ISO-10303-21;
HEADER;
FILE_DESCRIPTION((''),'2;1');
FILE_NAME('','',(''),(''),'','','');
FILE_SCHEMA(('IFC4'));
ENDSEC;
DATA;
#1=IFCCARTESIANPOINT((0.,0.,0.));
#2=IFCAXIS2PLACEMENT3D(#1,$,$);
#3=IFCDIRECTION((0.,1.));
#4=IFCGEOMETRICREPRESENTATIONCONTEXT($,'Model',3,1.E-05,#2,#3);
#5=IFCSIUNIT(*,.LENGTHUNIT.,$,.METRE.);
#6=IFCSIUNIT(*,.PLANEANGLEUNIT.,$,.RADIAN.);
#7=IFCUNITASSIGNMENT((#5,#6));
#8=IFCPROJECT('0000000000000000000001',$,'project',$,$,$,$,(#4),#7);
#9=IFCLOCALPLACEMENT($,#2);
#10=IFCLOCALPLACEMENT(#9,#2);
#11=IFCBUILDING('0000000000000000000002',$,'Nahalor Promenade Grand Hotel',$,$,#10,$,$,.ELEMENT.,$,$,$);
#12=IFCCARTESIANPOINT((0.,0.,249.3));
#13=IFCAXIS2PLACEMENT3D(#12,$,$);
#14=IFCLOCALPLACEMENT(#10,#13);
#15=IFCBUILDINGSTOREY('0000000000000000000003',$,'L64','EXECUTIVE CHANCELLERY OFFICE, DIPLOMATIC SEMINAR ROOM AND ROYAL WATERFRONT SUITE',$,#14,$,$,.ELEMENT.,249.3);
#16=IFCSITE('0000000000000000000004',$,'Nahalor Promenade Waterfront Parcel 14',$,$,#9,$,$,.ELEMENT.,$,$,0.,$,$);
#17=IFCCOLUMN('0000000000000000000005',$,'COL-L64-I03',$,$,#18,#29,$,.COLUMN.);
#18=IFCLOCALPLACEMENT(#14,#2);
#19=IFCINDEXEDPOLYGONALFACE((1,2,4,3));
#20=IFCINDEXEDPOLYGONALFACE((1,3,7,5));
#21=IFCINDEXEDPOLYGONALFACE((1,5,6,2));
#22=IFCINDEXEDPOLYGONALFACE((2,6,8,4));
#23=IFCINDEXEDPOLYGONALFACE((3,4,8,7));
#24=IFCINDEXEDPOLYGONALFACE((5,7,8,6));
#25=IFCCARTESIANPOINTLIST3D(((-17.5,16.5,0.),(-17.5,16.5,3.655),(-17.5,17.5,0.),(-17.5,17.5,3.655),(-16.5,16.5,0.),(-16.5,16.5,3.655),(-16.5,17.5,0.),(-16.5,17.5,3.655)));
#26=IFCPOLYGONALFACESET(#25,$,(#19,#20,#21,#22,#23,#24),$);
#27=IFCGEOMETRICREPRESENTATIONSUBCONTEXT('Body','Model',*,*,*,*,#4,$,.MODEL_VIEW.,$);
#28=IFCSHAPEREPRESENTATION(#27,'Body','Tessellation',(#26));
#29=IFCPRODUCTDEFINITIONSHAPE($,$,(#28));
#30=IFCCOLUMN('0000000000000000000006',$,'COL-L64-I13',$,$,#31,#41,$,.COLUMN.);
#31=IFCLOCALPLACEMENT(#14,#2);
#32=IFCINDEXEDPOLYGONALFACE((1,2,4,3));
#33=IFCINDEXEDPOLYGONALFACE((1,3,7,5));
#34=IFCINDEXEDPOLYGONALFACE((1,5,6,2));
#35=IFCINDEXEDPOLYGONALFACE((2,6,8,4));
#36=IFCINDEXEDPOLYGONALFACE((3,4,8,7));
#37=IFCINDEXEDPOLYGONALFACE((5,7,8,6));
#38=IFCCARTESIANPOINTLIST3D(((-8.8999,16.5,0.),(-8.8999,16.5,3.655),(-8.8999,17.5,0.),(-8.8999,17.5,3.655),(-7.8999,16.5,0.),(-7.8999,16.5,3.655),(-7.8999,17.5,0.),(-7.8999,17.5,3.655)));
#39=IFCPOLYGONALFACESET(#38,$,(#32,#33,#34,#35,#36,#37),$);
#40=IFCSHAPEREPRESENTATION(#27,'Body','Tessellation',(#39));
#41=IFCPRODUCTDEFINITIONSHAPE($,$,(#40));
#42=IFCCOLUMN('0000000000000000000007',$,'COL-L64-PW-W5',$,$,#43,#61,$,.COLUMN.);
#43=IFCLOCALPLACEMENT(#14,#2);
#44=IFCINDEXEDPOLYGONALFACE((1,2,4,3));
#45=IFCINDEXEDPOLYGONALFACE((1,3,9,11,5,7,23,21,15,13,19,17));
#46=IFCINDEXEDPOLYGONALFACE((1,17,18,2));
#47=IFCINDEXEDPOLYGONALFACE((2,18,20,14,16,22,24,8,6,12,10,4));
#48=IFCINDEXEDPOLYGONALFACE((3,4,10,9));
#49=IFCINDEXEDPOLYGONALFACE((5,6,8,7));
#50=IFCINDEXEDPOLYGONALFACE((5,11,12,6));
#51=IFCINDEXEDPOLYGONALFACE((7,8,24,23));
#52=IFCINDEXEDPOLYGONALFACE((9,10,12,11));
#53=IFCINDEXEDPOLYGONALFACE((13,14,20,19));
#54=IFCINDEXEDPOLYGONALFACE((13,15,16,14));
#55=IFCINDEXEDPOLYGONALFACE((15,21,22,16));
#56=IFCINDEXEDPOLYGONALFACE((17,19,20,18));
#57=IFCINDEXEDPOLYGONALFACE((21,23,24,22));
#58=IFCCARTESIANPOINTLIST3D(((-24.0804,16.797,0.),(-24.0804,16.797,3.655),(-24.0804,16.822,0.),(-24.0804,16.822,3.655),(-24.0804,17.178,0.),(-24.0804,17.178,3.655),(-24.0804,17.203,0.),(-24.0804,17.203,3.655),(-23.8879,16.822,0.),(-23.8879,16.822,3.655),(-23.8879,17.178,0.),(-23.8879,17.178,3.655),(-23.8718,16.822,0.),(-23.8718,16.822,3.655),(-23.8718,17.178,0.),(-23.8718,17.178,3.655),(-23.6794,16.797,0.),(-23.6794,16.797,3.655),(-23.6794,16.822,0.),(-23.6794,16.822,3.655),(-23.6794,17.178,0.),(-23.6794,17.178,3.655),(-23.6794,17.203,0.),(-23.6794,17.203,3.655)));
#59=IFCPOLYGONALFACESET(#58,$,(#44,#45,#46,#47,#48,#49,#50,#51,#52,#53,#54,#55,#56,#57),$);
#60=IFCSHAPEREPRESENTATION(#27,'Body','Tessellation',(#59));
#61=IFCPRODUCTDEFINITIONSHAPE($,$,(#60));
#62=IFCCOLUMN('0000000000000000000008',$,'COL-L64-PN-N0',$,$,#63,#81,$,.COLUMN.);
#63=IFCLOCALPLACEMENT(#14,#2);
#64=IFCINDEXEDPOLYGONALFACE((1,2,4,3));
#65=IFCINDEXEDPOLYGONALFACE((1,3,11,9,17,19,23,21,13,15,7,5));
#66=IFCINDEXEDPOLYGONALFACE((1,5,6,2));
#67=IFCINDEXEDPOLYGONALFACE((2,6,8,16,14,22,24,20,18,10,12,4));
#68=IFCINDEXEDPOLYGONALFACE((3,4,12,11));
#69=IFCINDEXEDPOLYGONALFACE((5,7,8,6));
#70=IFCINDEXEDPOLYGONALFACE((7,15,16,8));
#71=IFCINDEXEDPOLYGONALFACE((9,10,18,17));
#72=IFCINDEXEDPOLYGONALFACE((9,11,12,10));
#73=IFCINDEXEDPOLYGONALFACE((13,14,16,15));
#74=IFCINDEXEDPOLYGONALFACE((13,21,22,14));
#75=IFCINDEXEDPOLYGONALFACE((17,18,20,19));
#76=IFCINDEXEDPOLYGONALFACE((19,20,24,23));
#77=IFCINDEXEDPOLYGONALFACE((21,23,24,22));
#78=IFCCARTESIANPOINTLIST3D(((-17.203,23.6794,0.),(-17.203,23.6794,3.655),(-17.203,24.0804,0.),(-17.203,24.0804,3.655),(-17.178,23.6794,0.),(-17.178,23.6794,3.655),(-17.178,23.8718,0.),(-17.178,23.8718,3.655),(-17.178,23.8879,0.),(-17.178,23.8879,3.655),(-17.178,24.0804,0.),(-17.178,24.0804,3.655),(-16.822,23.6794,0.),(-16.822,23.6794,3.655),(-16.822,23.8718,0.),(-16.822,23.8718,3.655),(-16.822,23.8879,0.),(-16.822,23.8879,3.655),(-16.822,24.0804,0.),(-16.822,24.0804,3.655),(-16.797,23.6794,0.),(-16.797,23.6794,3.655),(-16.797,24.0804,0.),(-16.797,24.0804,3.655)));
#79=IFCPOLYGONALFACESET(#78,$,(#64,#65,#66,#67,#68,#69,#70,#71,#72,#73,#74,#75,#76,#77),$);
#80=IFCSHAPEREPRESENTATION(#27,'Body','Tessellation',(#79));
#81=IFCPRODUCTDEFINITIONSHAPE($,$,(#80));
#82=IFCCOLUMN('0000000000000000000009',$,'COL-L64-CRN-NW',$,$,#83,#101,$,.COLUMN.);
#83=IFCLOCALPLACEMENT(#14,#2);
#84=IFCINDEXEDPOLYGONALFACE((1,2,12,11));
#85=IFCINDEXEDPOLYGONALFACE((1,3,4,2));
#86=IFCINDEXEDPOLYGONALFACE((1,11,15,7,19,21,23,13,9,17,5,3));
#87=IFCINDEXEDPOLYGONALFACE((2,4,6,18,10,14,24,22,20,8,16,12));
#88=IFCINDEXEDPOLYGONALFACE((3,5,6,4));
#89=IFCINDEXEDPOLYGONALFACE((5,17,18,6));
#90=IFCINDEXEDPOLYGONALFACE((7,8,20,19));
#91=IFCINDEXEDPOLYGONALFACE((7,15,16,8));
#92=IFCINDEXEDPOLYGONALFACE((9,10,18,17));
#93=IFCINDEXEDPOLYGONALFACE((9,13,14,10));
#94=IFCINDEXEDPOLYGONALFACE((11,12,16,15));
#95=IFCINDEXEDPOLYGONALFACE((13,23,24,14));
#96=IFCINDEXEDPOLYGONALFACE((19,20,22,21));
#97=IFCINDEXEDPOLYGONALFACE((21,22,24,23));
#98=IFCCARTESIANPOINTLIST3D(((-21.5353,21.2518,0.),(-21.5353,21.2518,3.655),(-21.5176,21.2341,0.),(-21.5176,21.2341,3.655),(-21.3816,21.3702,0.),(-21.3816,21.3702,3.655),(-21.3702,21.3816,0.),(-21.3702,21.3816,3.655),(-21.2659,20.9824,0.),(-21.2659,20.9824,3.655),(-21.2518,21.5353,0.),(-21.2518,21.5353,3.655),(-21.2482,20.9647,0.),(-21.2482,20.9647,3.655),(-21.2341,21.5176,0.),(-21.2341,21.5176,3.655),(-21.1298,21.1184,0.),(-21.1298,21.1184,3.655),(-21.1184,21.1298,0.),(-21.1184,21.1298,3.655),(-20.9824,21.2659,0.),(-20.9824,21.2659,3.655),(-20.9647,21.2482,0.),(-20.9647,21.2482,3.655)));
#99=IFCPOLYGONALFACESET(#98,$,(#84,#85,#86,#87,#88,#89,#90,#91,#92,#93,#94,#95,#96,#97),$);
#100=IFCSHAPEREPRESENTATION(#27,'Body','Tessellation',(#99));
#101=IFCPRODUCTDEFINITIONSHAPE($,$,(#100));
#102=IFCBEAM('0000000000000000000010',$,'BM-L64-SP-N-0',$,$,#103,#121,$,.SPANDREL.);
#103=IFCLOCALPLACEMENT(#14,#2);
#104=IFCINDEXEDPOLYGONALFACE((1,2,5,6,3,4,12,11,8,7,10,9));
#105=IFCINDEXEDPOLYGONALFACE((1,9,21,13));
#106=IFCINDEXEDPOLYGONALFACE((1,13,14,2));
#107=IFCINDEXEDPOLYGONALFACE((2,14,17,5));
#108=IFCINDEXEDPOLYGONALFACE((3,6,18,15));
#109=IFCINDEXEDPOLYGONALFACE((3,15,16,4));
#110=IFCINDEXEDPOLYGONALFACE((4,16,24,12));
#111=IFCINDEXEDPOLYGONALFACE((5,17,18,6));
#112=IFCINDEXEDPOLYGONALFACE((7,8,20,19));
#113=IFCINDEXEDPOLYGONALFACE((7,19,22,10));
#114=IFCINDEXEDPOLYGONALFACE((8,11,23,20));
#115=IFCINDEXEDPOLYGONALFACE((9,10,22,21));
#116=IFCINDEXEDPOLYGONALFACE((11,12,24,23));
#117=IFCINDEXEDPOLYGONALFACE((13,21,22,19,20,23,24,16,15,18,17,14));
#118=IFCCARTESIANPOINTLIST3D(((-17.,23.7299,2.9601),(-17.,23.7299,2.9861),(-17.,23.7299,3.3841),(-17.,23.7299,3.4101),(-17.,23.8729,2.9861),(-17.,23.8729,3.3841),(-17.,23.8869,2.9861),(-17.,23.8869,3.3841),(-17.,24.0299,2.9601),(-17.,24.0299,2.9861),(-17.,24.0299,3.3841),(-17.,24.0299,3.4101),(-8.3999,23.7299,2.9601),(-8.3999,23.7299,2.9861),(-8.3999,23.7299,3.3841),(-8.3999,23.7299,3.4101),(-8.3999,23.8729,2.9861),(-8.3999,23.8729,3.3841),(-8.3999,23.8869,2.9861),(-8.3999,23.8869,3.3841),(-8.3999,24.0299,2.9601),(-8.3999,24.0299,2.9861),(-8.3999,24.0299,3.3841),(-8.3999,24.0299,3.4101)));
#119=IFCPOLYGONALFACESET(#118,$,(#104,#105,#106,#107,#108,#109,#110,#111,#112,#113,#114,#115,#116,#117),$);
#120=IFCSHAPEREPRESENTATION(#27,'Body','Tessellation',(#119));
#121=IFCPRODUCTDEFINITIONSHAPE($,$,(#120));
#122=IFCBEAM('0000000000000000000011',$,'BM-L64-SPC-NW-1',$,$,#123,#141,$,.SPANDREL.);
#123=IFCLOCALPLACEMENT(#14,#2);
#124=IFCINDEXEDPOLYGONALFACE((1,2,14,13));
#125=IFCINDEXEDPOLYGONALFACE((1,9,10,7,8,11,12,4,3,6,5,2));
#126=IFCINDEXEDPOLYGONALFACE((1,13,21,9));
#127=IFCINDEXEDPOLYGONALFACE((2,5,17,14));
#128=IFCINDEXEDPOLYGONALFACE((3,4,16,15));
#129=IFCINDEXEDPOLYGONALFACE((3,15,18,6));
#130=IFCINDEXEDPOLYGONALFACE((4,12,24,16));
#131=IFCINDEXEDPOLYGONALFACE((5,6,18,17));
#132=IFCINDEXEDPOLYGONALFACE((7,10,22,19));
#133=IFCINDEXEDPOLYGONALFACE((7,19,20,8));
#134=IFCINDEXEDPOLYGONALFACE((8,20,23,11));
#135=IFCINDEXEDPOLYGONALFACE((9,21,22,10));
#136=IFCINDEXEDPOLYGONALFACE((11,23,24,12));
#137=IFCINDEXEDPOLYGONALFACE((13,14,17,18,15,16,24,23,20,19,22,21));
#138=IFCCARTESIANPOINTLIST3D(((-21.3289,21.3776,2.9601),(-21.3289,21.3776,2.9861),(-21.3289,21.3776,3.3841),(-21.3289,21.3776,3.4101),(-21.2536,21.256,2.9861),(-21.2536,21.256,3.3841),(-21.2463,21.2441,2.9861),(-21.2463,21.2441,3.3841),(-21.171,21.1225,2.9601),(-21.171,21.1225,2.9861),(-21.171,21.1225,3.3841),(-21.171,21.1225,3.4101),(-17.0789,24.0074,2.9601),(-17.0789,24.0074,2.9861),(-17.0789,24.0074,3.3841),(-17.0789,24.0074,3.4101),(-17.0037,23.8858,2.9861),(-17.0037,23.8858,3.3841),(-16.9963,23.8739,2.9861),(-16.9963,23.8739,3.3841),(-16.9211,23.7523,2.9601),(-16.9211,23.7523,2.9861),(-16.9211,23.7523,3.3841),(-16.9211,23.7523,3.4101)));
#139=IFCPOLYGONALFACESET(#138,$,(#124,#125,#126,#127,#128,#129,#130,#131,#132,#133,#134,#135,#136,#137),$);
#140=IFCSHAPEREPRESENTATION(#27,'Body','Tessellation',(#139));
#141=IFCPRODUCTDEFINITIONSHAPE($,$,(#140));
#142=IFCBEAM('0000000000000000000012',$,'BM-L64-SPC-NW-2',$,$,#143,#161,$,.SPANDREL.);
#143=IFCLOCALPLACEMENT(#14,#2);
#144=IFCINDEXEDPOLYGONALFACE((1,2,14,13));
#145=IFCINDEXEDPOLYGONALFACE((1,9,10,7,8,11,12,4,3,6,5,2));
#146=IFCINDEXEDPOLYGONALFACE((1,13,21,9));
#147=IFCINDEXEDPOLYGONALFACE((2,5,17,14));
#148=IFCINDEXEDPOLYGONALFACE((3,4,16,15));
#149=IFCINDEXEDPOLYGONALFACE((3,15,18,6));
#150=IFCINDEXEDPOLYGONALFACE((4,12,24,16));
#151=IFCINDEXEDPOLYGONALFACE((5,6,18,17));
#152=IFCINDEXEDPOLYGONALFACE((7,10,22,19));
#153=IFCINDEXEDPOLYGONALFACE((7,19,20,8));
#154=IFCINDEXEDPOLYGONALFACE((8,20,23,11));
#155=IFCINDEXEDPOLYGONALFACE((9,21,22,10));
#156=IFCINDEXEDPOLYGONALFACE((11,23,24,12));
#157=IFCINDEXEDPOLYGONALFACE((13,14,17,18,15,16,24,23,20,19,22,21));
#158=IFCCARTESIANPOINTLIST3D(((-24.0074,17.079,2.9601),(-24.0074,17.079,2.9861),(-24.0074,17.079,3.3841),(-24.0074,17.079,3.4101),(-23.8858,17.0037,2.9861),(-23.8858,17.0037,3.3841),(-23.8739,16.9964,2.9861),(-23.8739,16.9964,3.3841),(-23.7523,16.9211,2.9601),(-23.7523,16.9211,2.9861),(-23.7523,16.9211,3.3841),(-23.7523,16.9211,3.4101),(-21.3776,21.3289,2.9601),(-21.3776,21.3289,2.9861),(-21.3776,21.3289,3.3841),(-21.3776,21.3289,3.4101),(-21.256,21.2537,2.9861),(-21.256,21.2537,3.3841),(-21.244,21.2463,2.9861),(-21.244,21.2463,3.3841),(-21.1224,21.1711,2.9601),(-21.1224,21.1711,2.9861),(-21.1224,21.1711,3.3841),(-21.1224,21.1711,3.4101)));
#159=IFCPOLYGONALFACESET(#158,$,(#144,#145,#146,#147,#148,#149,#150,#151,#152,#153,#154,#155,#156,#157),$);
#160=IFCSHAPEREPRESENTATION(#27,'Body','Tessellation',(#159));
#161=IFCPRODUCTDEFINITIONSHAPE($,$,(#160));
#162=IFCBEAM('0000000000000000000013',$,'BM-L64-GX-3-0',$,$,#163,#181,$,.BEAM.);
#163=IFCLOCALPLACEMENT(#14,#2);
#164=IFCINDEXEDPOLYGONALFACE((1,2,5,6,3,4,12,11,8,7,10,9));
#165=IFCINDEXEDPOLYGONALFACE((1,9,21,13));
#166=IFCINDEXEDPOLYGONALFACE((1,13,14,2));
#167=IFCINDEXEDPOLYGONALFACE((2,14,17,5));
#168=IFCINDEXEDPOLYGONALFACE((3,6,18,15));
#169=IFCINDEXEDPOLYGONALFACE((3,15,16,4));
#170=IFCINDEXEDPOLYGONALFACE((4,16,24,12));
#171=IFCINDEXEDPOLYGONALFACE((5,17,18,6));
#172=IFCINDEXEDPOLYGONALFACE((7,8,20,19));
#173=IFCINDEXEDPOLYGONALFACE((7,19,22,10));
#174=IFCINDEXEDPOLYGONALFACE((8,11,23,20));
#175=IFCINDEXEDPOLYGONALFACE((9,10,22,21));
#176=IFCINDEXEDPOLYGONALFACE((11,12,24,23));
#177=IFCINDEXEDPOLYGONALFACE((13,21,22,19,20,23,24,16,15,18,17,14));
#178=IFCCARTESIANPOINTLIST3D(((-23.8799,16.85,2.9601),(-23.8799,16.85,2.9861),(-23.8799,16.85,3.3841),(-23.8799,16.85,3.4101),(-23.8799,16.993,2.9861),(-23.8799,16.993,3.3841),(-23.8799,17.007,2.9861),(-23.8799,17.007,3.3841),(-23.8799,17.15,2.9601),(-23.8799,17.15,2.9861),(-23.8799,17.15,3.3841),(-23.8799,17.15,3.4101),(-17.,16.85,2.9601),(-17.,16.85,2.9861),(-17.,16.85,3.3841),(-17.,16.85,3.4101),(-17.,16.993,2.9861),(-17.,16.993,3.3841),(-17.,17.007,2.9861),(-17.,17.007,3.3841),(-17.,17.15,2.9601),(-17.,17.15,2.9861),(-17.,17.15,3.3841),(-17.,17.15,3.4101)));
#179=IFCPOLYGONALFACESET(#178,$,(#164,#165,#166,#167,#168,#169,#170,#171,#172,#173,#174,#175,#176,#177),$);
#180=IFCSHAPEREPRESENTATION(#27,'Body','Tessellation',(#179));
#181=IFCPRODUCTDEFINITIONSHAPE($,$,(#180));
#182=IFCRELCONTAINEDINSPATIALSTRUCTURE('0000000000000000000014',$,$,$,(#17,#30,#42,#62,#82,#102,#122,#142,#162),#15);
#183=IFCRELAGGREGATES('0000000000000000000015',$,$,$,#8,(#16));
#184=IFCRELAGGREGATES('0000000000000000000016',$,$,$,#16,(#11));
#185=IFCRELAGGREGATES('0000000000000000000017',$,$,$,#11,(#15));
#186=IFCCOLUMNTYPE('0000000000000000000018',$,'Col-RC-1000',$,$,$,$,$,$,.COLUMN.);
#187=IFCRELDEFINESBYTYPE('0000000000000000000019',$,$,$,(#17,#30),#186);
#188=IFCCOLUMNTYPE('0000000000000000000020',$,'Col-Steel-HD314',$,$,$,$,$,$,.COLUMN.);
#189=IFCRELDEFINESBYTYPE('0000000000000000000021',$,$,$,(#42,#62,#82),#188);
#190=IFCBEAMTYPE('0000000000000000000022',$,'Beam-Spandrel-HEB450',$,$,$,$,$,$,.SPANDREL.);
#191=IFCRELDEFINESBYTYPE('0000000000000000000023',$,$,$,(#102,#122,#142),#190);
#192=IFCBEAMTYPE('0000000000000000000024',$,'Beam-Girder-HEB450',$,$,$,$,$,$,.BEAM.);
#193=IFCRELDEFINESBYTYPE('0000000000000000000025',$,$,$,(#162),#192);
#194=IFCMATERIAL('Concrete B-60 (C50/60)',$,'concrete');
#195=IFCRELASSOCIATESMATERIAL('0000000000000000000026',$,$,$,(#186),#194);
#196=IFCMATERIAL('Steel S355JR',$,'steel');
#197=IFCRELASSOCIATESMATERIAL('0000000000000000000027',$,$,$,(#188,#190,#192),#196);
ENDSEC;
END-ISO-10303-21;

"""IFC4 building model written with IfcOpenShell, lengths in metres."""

from ifc_helpers import new_model, si_unit, direction, frame, origin, origin_2d, place, context, subcontext, project, spatial, rectangle, i_section, extrude, source, transform, mapped, material, material_profile, profile_set, type_object, element, save


model = new_model("IFC4")

# Units and contexts
model_context = context("Model", 3, precision=1e-05, world=origin(), true_north=direction((0.0, 1.0)))
body_context = subcontext(model_context, "Body", "Model", "MODEL_VIEW")
ifc_project = project(units=[si_unit("LENGTHUNIT", "METRE"), si_unit("PLANEANGLEUNIT", "RADIAN")], contexts=[model_context])

# Site, building, storey
site_placement = place(None, origin())
site = spatial("IfcSite", under=ifc_project, at=site_placement, Name="Nahalor Promenade Waterfront Parcel 14", CompositionType="ELEMENT", RefElevation=0.0)
building_placement = place(site_placement, origin())
building = spatial("IfcBuilding", under=site, at=building_placement, Name="Nahalor Promenade Grand Hotel", CompositionType="ELEMENT")
storey_placement = place(building_placement, frame((0.0, 0.0, 249.3)))
storey = spatial("IfcBuildingStorey", under=building, at=storey_placement, Name="L64", Description="EXECUTIVE CHANCELLERY OFFICE, DIPLOMATIC SEMINAR ROOM AND ROYAL WATERFRONT SUITE", CompositionType="ELEMENT", Elevation=249.3)

# Columns
ifc_material_1 = material(Name="Concrete B-60 (C50/60)", Category="concrete")
ifc_material_profile_1 = material_profile(ifc_material_1, rectangle(XDim=1.0, YDim=1.0, at=origin_2d()), Name="RC 1000x1000")
ifc_profile_set_1 = profile_set([ifc_material_profile_1], Name="Concrete B-60 (C50/60)")
column_type_1 = type_object("IfcColumnType", Name="Col-RC-1000", PredefinedType="COLUMN", material=ifc_profile_set_1)
shared_shape_1 = source(origin(), body_context, "Body", "SweptSolid", [
    extrude(rectangle(XDim=1.0, YDim=1.0, at=origin_2d()), origin(), (0.0, 0.0, 1.0), 3.655),
])
for number, where, z_axis, x_axis, name in (
    (1, (-17.0, 17.0, 0.0), (0.0, 0.0, 1.0), (1.0, 0.0, 0.0), "COL-L64-I03"),
    (2, (-8.3999, 17.0, 0.0), (0.0, 0.0, 1.0), (1.0, 0.0, 0.0), "COL-L64-I13"),
):
    element("IfcColumn", number, at=place(storey_placement, frame(where, z_axis=z_axis, x_axis=x_axis)), inside=storey, type_object=column_type_1, Name=name, PredefinedType="COLUMN", context=body_context, shape_type="MappedRepresentation", body=[
        mapped(shared_shape_1, transform((0.0, 0.0, 0.0), scale=1.0)),
    ])
ifc_material_2 = material(Name="Steel S355JR", Category="steel")
ifc_material_profile_2 = material_profile(ifc_material_2, i_section(OverallWidth=0.401, OverallDepth=0.406, WebThickness=0.0161, FlangeThickness=0.025, at=origin_2d()), Name="HD 400x314")
ifc_profile_set_2 = profile_set([ifc_material_profile_2], Name="Steel S355JR")
column_type_2 = type_object("IfcColumnType", Name="Col-Steel-HD314", PredefinedType="COLUMN", material=ifc_profile_set_2)
shared_shape_2 = source(origin(), body_context, "Body", "SweptSolid", [
    extrude(i_section(OverallWidth=0.401, OverallDepth=0.406, WebThickness=0.0161, FlangeThickness=0.025, at=origin_2d()), origin(), (0.0, 0.0, 1.0), 3.655),
])
for number, where, z_axis, x_axis, name in (
    (3, (-23.8799, 17.0, 0.0), (0.0, 0.0, 1.0), (1.0, 0.0, 0.0), "COL-L64-PW-W5"),
    (4, (-17.0, 23.8799, 0.0), (0.0, 0.0, 1.0), (0.0, 1.0, 0.0), "COL-L64-PN-N0"),
    (5, (-21.25, 21.25, 0.0), (0.0, 0.0, 1.0), (0.707107, 0.707107, 0.0), "COL-L64-CRN-NW"),
):
    element("IfcColumn", number, at=place(storey_placement, frame(where, z_axis=z_axis, x_axis=x_axis)), inside=storey, type_object=column_type_2, Name=name, PredefinedType="COLUMN", context=body_context, shape_type="MappedRepresentation", body=[
        mapped(shared_shape_2, transform((0.0, 0.0, 0.0), scale=1.0)),
    ])

# Beams
ifc_material_profile_3 = material_profile(ifc_material_2, i_section(OverallWidth=0.3, OverallDepth=0.45, WebThickness=0.014, FlangeThickness=0.026, at=origin_2d()), Name="HEB 450")
ifc_profile_set_3 = profile_set([ifc_material_profile_3], Name="Steel S355JR")
beam_type_1 = type_object("IfcBeamType", Name="Beam-Spandrel-HEB450", PredefinedType="SPANDREL", material=ifc_profile_set_3)
shared_shape_3 = source(origin(), body_context, "Body", "SweptSolid", [
    extrude(i_section(OverallWidth=0.3, OverallDepth=0.45, WebThickness=0.014, FlangeThickness=0.026, at=origin_2d()), origin(), (0.0, 0.0, 1.0), 8.6001),
])
beam_1_placement = place(storey_placement, frame((-17.0, 23.8799, 3.1851), z_axis=(1.0, 0.0, 0.0), x_axis=(0.0, 1.0, 0.0)))
element("IfcBeam", 6, at=beam_1_placement, inside=storey, type_object=beam_type_1, Name="BM-L64-SP-N-0", PredefinedType="SPANDREL", context=body_context, shape_type="MappedRepresentation", body=[
    mapped(shared_shape_3, transform((0.0, 0.0, 0.0), scale=1.0)),
])
shared_shape_4 = source(origin(), body_context, "Body", "SweptSolid", [
    extrude(i_section(OverallWidth=0.3, OverallDepth=0.45, WebThickness=0.014, FlangeThickness=0.026, at=origin_2d()), origin(), (0.0, 0.0, 1.0), 4.9978),
])
for number, where, z_axis, x_axis, name in (
    (7, (-17.0, 23.8799, 3.1851), (-0.850361, -0.5262, 0.0), (0.5262, -0.850361, 0.0), "BM-L64-SPC-NW-1"),
    (8, (-21.25, 21.25, 3.1851), (-0.5262, -0.850361, 0.0), (0.850361, -0.5262, 0.0), "BM-L64-SPC-NW-2"),
):
    element("IfcBeam", number, at=place(storey_placement, frame(where, z_axis=z_axis, x_axis=x_axis)), inside=storey, type_object=beam_type_1, Name=name, PredefinedType="SPANDREL", context=body_context, shape_type="MappedRepresentation", body=[
        mapped(shared_shape_4, transform((0.0, 0.0, 0.0), scale=1.0)),
    ])
ifc_material_profile_4 = material_profile(ifc_material_2, i_section(OverallWidth=0.3, OverallDepth=0.45, WebThickness=0.014, FlangeThickness=0.026, at=origin_2d()), Name="HEB 450")
ifc_profile_set_4 = profile_set([ifc_material_profile_4], Name="Steel S355JR")
beam_type_2 = type_object("IfcBeamType", Name="Beam-Girder-HEB450", PredefinedType="BEAM", material=ifc_profile_set_4)
shared_shape_5 = source(origin(), body_context, "Body", "SweptSolid", [
    extrude(i_section(OverallWidth=0.3, OverallDepth=0.45, WebThickness=0.014, FlangeThickness=0.026, at=origin_2d()), origin(), (0.0, 0.0, 1.0), 6.8799),
])
for number, where, z_axis, x_axis, name in (
    (9, (-23.8799, 17.0, 3.1851), (1.0, 0.0, 0.0), (0.0, 1.0, 0.0), "BM-L64-GX-3-0"),
):
    element("IfcBeam", number, at=place(storey_placement, frame(where, z_axis=z_axis, x_axis=x_axis)), inside=storey, type_object=beam_type_2, Name=name, PredefinedType="BEAM", context=body_context, shape_type="MappedRepresentation", body=[
        mapped(shared_shape_5, transform((0.0, 0.0, 0.0), scale=1.0)),
    ])

save(model, "model.ifc")
